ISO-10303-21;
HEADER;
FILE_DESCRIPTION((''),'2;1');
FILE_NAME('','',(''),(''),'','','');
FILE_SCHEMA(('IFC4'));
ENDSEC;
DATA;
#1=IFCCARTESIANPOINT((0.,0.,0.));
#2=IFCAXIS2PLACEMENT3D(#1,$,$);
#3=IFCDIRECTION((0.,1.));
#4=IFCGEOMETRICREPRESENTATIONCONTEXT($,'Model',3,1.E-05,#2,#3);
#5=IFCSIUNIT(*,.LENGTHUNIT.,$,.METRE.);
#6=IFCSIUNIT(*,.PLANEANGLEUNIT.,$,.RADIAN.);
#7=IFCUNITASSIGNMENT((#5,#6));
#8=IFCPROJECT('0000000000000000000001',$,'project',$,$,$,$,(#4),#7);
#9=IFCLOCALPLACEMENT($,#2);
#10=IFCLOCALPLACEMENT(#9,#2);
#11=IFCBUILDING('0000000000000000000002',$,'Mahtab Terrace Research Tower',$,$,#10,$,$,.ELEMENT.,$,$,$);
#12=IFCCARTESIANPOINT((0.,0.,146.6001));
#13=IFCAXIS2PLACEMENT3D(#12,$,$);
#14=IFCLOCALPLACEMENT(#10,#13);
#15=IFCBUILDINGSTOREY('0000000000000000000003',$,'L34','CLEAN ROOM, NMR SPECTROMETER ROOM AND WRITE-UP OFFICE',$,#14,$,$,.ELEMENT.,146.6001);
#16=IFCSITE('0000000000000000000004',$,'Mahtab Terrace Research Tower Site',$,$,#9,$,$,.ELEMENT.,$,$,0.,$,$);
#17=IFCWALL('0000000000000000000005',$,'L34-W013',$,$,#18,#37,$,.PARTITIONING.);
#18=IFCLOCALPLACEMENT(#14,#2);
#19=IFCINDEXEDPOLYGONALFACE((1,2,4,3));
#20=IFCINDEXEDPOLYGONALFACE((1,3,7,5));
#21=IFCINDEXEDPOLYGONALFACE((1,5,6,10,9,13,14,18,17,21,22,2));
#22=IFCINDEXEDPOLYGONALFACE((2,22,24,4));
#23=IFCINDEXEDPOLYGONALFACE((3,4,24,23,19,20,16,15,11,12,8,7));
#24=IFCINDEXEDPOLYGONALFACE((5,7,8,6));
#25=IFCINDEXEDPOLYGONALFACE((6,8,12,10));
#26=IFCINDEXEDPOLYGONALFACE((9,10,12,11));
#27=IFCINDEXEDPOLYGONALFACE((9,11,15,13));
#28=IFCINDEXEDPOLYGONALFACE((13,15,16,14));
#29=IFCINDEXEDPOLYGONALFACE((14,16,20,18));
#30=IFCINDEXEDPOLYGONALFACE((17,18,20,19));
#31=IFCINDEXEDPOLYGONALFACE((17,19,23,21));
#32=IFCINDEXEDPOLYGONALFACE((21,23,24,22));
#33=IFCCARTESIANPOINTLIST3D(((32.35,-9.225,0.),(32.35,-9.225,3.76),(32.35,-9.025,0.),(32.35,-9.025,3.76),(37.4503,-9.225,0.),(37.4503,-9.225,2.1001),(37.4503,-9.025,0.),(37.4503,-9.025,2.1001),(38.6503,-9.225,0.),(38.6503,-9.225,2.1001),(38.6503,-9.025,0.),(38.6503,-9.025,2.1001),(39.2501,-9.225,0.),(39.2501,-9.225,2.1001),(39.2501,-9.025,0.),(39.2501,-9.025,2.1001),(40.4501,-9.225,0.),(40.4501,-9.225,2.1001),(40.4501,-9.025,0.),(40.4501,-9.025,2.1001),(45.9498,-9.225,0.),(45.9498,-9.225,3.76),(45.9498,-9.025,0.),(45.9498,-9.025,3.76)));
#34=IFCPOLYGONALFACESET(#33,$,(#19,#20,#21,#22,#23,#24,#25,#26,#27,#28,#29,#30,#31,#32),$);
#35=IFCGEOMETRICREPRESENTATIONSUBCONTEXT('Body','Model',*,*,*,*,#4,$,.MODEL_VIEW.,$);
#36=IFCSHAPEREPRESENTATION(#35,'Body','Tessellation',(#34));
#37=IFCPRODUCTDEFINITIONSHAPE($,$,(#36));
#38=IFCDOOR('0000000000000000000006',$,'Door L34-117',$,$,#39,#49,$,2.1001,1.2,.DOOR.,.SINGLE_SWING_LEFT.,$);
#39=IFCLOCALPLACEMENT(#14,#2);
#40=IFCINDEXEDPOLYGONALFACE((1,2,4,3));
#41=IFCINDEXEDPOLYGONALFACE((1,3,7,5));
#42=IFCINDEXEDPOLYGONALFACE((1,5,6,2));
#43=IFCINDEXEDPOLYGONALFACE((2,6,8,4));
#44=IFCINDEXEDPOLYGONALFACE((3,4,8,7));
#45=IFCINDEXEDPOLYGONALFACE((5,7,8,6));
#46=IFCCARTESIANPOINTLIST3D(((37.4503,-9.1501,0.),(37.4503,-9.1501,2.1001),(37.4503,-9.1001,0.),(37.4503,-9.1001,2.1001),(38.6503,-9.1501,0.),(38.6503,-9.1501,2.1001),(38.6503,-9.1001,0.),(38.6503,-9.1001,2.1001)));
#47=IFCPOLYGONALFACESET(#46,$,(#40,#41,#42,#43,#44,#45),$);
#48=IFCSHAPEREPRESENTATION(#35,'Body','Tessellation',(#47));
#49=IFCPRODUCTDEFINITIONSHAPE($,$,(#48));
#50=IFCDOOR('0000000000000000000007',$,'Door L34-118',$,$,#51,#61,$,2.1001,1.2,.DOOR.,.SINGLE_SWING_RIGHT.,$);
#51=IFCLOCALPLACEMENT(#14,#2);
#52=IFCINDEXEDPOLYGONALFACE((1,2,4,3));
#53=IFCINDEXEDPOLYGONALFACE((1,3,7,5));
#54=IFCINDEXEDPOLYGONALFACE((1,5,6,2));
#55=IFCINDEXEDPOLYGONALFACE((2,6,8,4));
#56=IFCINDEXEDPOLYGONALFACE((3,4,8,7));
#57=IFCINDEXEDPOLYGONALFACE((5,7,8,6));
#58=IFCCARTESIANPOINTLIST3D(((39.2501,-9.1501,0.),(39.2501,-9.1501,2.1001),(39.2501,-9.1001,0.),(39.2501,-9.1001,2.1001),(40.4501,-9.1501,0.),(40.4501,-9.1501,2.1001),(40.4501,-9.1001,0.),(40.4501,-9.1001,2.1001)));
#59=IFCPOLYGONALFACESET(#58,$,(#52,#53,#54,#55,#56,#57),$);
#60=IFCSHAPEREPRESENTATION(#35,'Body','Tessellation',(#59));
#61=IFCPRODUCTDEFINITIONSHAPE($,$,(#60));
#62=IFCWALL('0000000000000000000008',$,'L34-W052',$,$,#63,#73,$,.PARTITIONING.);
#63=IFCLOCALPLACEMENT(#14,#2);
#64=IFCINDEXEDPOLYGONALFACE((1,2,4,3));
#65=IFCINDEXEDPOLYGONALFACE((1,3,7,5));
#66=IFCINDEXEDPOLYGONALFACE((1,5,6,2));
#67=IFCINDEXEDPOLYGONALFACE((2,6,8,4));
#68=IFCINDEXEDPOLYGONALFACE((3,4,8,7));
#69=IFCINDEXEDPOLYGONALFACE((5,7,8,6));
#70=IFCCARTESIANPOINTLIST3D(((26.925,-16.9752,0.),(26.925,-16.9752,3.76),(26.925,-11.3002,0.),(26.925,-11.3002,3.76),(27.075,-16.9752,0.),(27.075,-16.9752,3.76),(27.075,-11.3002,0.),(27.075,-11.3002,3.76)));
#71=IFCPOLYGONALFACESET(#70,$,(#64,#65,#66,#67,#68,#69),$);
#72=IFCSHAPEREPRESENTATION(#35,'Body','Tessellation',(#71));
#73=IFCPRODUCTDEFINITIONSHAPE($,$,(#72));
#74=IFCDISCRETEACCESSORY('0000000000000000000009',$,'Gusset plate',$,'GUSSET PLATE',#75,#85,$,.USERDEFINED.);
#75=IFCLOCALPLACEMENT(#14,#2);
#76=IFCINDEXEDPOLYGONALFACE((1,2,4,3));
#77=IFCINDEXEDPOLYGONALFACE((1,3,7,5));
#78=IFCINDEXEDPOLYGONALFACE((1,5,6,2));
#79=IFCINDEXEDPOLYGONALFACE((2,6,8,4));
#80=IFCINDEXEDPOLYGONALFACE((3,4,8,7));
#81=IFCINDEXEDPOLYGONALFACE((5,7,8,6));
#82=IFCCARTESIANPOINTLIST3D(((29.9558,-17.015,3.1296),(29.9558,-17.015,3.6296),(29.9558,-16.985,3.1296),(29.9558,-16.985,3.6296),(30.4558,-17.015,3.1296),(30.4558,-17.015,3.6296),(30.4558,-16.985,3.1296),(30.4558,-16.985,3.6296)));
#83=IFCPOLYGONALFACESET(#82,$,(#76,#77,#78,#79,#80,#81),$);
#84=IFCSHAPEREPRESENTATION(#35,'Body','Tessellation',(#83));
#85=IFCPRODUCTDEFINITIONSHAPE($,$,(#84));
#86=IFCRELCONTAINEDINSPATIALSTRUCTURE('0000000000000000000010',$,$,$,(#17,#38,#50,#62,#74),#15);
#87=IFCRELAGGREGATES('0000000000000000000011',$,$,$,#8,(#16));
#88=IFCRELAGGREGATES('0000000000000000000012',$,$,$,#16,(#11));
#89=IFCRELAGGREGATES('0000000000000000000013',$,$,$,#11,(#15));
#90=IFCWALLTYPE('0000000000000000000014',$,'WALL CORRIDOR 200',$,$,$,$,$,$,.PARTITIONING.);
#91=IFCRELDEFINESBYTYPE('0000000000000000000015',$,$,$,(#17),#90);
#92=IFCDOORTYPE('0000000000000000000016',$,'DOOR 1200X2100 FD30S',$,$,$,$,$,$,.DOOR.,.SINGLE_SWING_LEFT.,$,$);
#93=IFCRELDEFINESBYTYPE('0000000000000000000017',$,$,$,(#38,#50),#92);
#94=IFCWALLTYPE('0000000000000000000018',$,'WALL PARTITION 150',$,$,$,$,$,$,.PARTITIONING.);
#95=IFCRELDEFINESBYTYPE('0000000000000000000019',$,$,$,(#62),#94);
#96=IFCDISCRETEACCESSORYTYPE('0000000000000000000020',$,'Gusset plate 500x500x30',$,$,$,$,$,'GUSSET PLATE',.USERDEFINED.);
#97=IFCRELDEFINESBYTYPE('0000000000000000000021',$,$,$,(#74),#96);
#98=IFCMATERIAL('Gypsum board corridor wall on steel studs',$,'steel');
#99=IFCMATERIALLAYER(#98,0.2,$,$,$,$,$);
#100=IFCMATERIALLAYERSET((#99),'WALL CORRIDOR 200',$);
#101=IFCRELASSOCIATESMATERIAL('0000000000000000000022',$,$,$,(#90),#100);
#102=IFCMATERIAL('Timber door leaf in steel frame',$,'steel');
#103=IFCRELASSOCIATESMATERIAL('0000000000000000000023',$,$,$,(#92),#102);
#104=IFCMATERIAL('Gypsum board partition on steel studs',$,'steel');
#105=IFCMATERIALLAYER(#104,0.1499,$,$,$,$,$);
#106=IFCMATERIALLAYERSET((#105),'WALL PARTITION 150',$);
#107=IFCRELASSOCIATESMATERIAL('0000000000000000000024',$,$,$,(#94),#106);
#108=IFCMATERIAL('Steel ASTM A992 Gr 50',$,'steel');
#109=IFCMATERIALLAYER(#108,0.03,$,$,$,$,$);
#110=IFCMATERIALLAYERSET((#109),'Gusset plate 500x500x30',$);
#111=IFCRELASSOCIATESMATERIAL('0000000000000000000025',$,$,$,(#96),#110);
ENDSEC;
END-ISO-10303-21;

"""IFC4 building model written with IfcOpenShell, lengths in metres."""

from ifc_helpers import new_model, si_unit, direction, frame, frame_2d, origin, origin_2d, place, context, subcontext, project, spatial, rectangle, extrude, material, layer, layer_set, type_object, element, fill, save


model = new_model("IFC4")

# Units and contexts
model_context = context("Model", 3, precision=1e-05, world=origin(), true_north=direction((0.0, 1.0)))
body_context = subcontext(model_context, "Body", "Model", "MODEL_VIEW")
ifc_project = project(units=[si_unit("LENGTHUNIT", "METRE"), si_unit("PLANEANGLEUNIT", "RADIAN")], contexts=[model_context])

# Site, building, storey
site_placement = place(None, origin())
site = spatial("IfcSite", under=ifc_project, at=site_placement, Name="Mahtab Terrace Research Tower Site", CompositionType="ELEMENT", RefElevation=0.0)
building_placement = place(site_placement, origin())
building = spatial("IfcBuilding", under=site, at=building_placement, Name="Mahtab Terrace Research Tower", CompositionType="ELEMENT")
storey_placement = place(building_placement, frame((0.0, 0.0, 146.6001)))
storey = spatial("IfcBuildingStorey", under=building, at=storey_placement, Name="L34", Description="CLEAN ROOM, NMR SPECTROMETER ROOM AND WRITE-UP OFFICE", CompositionType="ELEMENT", Elevation=146.6001)

# Shared definitions
ifc_material_1 = material(Name="Steel ASTM A992 Gr 50", Category="steel")

# Wall, openings, doors
ifc_material_2 = material(Name="Gypsum board corridor wall on steel studs", Category="steel")
ifc_layer_1 = layer(ifc_material_2, 0.2)
ifc_layer_set_1 = layer_set([ifc_layer_1], Name="WALL CORRIDOR 200")
wall_type_1 = type_object("IfcWallType", Name="WALL CORRIDOR 200", PredefinedType="PARTITIONING", material=ifc_layer_set_1)
ifc_material_3 = material(Name="Timber door leaf in steel frame", Category="steel")
wall_1_placement = place(storey_placement, frame((32.3501, -9.125, 0.0), z_axis=(0.0, 0.0, 1.0), x_axis=(1.0, 0.0, 0.0)))
wall_1 = element("IfcWall", 1, at=wall_1_placement, inside=storey, type_object=wall_type_1, Name="L34-W013", PredefinedType="PARTITIONING", context=body_context, shape_type="SweptSolid", body=[
    extrude(rectangle(XDim=13.5999, YDim=0.2, at=frame_2d((6.7998, 0.0))), origin(), (0.0, 0.0, 1.0), 3.76),
])
opening_1_placement = place(wall_1_placement, frame((5.1001, 0.0, 0.0)))
opening_1 = element("IfcOpeningElement", 2, at=opening_1_placement, cuts=wall_1, PredefinedType="OPENING", context=body_context, shape_type="SweptSolid", body=[
    extrude(rectangle(XDim=1.2, YDim=2.1001, at=frame_2d((0.6001, 1.05))), frame((0.0, 0.1099, 0.0), z_axis=(0.0, -1.0, 0.0), x_axis=(1.0, 0.0, 0.0)), (0.0, 0.0, 1.0), 0.22),
])
opening_2_placement = place(wall_1_placement, frame((6.8999, 0.0, 0.0)))
opening_2 = element("IfcOpeningElement", 3, at=opening_2_placement, cuts=wall_1, PredefinedType="OPENING", context=body_context, shape_type="SweptSolid", body=[
    extrude(rectangle(XDim=1.2, YDim=2.1001, at=frame_2d((0.6001, 1.05))), frame((0.0, 0.1099, 0.0), z_axis=(0.0, -1.0, 0.0), x_axis=(1.0, 0.0, 0.0)), (0.0, 0.0, 1.0), 0.22),
])
door_type_1 = type_object("IfcDoorType", Name="DOOR 1200X2100 FD30S", OperationType="SINGLE_SWING_LEFT", PredefinedType="DOOR", material=ifc_material_3)
door_1_placement = place(opening_1_placement, origin())
door_1 = element("IfcDoor", 4, at=door_1_placement, inside=storey, type_object=door_type_1, Name="Door L34-117", OperationType="SINGLE_SWING_LEFT", OverallHeight=2.1001, OverallWidth=1.2, PredefinedType="DOOR", context=body_context, shape_type="SweptSolid", body=[
    extrude(rectangle(XDim=1.2, YDim=2.1001, at=frame_2d((0.6001, 1.05))), frame((0.0, 0.0249, 0.0), z_axis=(0.0, -1.0, 0.0), x_axis=(1.0, 0.0, 0.0)), (0.0, 0.0, 1.0), 0.05),
])
fill(opening_1, door_1)
door_2_placement = place(opening_2_placement, origin())
door_2 = element("IfcDoor", 5, at=door_2_placement, inside=storey, type_object=door_type_1, Name="Door L34-118", OperationType="SINGLE_SWING_RIGHT", OverallHeight=2.1001, OverallWidth=1.2, PredefinedType="DOOR", context=body_context, shape_type="SweptSolid", body=[
    extrude(rectangle(XDim=1.2, YDim=2.1001, at=frame_2d((0.6001, 1.05))), frame((0.0, 0.0249, 0.0), z_axis=(0.0, -1.0, 0.0), x_axis=(1.0, 0.0, 0.0)), (0.0, 0.0, 1.0), 0.05),
])
fill(opening_2, door_2)

# Wall
ifc_material_4 = material(Name="Gypsum board partition on steel studs", Category="steel")
ifc_layer_2 = layer(ifc_material_4, 0.1499)
ifc_layer_set_2 = layer_set([ifc_layer_2], Name="WALL PARTITION 150")
wall_type_2 = type_object("IfcWallType", Name="WALL PARTITION 150", PredefinedType="PARTITIONING", material=ifc_layer_set_2)
wall_2_placement = place(storey_placement, frame((27.0, -16.9751, 0.0), z_axis=(0.0, 0.0, 1.0), x_axis=(0.0, 1.0, 0.0)))
element("IfcWall", 6, at=wall_2_placement, inside=storey, type_object=wall_type_2, Name="L34-W052", PredefinedType="PARTITIONING", context=body_context, shape_type="SweptSolid", body=[
    extrude(rectangle(XDim=5.675, YDim=0.1499, at=frame_2d((2.8374, 0.0))), origin(), (0.0, 0.0, 1.0), 3.76),
])

# Discrete accessory
ifc_layer_3 = layer(ifc_material_1, 0.03)
ifc_layer_set_3 = layer_set([ifc_layer_3], Name="Gusset plate 500x500x30")
discrete_accessory_type = type_object("IfcDiscreteAccessoryType", Name="Gusset plate 500x500x30", ElementType="GUSSET PLATE", PredefinedType="USERDEFINED", material=ifc_layer_set_3)
discrete_accessory_placement = place(storey_placement, frame((30.2058, -17.0, 3.1296), z_axis=(0.0, 0.0, 1.0), x_axis=(1.0, 0.0, 0.0)))
element("IfcDiscreteAccessory", 7, at=discrete_accessory_placement, inside=storey, type_object=discrete_accessory_type, Name="Gusset plate", ObjectType="GUSSET PLATE", PredefinedType="USERDEFINED", context=body_context, shape_type="SweptSolid", body=[
    extrude(rectangle(XDim=0.5, YDim=0.03, at=origin_2d()), origin(), (0.0, 0.0, 1.0), 0.5),
])

save(model, "model.ifc")
